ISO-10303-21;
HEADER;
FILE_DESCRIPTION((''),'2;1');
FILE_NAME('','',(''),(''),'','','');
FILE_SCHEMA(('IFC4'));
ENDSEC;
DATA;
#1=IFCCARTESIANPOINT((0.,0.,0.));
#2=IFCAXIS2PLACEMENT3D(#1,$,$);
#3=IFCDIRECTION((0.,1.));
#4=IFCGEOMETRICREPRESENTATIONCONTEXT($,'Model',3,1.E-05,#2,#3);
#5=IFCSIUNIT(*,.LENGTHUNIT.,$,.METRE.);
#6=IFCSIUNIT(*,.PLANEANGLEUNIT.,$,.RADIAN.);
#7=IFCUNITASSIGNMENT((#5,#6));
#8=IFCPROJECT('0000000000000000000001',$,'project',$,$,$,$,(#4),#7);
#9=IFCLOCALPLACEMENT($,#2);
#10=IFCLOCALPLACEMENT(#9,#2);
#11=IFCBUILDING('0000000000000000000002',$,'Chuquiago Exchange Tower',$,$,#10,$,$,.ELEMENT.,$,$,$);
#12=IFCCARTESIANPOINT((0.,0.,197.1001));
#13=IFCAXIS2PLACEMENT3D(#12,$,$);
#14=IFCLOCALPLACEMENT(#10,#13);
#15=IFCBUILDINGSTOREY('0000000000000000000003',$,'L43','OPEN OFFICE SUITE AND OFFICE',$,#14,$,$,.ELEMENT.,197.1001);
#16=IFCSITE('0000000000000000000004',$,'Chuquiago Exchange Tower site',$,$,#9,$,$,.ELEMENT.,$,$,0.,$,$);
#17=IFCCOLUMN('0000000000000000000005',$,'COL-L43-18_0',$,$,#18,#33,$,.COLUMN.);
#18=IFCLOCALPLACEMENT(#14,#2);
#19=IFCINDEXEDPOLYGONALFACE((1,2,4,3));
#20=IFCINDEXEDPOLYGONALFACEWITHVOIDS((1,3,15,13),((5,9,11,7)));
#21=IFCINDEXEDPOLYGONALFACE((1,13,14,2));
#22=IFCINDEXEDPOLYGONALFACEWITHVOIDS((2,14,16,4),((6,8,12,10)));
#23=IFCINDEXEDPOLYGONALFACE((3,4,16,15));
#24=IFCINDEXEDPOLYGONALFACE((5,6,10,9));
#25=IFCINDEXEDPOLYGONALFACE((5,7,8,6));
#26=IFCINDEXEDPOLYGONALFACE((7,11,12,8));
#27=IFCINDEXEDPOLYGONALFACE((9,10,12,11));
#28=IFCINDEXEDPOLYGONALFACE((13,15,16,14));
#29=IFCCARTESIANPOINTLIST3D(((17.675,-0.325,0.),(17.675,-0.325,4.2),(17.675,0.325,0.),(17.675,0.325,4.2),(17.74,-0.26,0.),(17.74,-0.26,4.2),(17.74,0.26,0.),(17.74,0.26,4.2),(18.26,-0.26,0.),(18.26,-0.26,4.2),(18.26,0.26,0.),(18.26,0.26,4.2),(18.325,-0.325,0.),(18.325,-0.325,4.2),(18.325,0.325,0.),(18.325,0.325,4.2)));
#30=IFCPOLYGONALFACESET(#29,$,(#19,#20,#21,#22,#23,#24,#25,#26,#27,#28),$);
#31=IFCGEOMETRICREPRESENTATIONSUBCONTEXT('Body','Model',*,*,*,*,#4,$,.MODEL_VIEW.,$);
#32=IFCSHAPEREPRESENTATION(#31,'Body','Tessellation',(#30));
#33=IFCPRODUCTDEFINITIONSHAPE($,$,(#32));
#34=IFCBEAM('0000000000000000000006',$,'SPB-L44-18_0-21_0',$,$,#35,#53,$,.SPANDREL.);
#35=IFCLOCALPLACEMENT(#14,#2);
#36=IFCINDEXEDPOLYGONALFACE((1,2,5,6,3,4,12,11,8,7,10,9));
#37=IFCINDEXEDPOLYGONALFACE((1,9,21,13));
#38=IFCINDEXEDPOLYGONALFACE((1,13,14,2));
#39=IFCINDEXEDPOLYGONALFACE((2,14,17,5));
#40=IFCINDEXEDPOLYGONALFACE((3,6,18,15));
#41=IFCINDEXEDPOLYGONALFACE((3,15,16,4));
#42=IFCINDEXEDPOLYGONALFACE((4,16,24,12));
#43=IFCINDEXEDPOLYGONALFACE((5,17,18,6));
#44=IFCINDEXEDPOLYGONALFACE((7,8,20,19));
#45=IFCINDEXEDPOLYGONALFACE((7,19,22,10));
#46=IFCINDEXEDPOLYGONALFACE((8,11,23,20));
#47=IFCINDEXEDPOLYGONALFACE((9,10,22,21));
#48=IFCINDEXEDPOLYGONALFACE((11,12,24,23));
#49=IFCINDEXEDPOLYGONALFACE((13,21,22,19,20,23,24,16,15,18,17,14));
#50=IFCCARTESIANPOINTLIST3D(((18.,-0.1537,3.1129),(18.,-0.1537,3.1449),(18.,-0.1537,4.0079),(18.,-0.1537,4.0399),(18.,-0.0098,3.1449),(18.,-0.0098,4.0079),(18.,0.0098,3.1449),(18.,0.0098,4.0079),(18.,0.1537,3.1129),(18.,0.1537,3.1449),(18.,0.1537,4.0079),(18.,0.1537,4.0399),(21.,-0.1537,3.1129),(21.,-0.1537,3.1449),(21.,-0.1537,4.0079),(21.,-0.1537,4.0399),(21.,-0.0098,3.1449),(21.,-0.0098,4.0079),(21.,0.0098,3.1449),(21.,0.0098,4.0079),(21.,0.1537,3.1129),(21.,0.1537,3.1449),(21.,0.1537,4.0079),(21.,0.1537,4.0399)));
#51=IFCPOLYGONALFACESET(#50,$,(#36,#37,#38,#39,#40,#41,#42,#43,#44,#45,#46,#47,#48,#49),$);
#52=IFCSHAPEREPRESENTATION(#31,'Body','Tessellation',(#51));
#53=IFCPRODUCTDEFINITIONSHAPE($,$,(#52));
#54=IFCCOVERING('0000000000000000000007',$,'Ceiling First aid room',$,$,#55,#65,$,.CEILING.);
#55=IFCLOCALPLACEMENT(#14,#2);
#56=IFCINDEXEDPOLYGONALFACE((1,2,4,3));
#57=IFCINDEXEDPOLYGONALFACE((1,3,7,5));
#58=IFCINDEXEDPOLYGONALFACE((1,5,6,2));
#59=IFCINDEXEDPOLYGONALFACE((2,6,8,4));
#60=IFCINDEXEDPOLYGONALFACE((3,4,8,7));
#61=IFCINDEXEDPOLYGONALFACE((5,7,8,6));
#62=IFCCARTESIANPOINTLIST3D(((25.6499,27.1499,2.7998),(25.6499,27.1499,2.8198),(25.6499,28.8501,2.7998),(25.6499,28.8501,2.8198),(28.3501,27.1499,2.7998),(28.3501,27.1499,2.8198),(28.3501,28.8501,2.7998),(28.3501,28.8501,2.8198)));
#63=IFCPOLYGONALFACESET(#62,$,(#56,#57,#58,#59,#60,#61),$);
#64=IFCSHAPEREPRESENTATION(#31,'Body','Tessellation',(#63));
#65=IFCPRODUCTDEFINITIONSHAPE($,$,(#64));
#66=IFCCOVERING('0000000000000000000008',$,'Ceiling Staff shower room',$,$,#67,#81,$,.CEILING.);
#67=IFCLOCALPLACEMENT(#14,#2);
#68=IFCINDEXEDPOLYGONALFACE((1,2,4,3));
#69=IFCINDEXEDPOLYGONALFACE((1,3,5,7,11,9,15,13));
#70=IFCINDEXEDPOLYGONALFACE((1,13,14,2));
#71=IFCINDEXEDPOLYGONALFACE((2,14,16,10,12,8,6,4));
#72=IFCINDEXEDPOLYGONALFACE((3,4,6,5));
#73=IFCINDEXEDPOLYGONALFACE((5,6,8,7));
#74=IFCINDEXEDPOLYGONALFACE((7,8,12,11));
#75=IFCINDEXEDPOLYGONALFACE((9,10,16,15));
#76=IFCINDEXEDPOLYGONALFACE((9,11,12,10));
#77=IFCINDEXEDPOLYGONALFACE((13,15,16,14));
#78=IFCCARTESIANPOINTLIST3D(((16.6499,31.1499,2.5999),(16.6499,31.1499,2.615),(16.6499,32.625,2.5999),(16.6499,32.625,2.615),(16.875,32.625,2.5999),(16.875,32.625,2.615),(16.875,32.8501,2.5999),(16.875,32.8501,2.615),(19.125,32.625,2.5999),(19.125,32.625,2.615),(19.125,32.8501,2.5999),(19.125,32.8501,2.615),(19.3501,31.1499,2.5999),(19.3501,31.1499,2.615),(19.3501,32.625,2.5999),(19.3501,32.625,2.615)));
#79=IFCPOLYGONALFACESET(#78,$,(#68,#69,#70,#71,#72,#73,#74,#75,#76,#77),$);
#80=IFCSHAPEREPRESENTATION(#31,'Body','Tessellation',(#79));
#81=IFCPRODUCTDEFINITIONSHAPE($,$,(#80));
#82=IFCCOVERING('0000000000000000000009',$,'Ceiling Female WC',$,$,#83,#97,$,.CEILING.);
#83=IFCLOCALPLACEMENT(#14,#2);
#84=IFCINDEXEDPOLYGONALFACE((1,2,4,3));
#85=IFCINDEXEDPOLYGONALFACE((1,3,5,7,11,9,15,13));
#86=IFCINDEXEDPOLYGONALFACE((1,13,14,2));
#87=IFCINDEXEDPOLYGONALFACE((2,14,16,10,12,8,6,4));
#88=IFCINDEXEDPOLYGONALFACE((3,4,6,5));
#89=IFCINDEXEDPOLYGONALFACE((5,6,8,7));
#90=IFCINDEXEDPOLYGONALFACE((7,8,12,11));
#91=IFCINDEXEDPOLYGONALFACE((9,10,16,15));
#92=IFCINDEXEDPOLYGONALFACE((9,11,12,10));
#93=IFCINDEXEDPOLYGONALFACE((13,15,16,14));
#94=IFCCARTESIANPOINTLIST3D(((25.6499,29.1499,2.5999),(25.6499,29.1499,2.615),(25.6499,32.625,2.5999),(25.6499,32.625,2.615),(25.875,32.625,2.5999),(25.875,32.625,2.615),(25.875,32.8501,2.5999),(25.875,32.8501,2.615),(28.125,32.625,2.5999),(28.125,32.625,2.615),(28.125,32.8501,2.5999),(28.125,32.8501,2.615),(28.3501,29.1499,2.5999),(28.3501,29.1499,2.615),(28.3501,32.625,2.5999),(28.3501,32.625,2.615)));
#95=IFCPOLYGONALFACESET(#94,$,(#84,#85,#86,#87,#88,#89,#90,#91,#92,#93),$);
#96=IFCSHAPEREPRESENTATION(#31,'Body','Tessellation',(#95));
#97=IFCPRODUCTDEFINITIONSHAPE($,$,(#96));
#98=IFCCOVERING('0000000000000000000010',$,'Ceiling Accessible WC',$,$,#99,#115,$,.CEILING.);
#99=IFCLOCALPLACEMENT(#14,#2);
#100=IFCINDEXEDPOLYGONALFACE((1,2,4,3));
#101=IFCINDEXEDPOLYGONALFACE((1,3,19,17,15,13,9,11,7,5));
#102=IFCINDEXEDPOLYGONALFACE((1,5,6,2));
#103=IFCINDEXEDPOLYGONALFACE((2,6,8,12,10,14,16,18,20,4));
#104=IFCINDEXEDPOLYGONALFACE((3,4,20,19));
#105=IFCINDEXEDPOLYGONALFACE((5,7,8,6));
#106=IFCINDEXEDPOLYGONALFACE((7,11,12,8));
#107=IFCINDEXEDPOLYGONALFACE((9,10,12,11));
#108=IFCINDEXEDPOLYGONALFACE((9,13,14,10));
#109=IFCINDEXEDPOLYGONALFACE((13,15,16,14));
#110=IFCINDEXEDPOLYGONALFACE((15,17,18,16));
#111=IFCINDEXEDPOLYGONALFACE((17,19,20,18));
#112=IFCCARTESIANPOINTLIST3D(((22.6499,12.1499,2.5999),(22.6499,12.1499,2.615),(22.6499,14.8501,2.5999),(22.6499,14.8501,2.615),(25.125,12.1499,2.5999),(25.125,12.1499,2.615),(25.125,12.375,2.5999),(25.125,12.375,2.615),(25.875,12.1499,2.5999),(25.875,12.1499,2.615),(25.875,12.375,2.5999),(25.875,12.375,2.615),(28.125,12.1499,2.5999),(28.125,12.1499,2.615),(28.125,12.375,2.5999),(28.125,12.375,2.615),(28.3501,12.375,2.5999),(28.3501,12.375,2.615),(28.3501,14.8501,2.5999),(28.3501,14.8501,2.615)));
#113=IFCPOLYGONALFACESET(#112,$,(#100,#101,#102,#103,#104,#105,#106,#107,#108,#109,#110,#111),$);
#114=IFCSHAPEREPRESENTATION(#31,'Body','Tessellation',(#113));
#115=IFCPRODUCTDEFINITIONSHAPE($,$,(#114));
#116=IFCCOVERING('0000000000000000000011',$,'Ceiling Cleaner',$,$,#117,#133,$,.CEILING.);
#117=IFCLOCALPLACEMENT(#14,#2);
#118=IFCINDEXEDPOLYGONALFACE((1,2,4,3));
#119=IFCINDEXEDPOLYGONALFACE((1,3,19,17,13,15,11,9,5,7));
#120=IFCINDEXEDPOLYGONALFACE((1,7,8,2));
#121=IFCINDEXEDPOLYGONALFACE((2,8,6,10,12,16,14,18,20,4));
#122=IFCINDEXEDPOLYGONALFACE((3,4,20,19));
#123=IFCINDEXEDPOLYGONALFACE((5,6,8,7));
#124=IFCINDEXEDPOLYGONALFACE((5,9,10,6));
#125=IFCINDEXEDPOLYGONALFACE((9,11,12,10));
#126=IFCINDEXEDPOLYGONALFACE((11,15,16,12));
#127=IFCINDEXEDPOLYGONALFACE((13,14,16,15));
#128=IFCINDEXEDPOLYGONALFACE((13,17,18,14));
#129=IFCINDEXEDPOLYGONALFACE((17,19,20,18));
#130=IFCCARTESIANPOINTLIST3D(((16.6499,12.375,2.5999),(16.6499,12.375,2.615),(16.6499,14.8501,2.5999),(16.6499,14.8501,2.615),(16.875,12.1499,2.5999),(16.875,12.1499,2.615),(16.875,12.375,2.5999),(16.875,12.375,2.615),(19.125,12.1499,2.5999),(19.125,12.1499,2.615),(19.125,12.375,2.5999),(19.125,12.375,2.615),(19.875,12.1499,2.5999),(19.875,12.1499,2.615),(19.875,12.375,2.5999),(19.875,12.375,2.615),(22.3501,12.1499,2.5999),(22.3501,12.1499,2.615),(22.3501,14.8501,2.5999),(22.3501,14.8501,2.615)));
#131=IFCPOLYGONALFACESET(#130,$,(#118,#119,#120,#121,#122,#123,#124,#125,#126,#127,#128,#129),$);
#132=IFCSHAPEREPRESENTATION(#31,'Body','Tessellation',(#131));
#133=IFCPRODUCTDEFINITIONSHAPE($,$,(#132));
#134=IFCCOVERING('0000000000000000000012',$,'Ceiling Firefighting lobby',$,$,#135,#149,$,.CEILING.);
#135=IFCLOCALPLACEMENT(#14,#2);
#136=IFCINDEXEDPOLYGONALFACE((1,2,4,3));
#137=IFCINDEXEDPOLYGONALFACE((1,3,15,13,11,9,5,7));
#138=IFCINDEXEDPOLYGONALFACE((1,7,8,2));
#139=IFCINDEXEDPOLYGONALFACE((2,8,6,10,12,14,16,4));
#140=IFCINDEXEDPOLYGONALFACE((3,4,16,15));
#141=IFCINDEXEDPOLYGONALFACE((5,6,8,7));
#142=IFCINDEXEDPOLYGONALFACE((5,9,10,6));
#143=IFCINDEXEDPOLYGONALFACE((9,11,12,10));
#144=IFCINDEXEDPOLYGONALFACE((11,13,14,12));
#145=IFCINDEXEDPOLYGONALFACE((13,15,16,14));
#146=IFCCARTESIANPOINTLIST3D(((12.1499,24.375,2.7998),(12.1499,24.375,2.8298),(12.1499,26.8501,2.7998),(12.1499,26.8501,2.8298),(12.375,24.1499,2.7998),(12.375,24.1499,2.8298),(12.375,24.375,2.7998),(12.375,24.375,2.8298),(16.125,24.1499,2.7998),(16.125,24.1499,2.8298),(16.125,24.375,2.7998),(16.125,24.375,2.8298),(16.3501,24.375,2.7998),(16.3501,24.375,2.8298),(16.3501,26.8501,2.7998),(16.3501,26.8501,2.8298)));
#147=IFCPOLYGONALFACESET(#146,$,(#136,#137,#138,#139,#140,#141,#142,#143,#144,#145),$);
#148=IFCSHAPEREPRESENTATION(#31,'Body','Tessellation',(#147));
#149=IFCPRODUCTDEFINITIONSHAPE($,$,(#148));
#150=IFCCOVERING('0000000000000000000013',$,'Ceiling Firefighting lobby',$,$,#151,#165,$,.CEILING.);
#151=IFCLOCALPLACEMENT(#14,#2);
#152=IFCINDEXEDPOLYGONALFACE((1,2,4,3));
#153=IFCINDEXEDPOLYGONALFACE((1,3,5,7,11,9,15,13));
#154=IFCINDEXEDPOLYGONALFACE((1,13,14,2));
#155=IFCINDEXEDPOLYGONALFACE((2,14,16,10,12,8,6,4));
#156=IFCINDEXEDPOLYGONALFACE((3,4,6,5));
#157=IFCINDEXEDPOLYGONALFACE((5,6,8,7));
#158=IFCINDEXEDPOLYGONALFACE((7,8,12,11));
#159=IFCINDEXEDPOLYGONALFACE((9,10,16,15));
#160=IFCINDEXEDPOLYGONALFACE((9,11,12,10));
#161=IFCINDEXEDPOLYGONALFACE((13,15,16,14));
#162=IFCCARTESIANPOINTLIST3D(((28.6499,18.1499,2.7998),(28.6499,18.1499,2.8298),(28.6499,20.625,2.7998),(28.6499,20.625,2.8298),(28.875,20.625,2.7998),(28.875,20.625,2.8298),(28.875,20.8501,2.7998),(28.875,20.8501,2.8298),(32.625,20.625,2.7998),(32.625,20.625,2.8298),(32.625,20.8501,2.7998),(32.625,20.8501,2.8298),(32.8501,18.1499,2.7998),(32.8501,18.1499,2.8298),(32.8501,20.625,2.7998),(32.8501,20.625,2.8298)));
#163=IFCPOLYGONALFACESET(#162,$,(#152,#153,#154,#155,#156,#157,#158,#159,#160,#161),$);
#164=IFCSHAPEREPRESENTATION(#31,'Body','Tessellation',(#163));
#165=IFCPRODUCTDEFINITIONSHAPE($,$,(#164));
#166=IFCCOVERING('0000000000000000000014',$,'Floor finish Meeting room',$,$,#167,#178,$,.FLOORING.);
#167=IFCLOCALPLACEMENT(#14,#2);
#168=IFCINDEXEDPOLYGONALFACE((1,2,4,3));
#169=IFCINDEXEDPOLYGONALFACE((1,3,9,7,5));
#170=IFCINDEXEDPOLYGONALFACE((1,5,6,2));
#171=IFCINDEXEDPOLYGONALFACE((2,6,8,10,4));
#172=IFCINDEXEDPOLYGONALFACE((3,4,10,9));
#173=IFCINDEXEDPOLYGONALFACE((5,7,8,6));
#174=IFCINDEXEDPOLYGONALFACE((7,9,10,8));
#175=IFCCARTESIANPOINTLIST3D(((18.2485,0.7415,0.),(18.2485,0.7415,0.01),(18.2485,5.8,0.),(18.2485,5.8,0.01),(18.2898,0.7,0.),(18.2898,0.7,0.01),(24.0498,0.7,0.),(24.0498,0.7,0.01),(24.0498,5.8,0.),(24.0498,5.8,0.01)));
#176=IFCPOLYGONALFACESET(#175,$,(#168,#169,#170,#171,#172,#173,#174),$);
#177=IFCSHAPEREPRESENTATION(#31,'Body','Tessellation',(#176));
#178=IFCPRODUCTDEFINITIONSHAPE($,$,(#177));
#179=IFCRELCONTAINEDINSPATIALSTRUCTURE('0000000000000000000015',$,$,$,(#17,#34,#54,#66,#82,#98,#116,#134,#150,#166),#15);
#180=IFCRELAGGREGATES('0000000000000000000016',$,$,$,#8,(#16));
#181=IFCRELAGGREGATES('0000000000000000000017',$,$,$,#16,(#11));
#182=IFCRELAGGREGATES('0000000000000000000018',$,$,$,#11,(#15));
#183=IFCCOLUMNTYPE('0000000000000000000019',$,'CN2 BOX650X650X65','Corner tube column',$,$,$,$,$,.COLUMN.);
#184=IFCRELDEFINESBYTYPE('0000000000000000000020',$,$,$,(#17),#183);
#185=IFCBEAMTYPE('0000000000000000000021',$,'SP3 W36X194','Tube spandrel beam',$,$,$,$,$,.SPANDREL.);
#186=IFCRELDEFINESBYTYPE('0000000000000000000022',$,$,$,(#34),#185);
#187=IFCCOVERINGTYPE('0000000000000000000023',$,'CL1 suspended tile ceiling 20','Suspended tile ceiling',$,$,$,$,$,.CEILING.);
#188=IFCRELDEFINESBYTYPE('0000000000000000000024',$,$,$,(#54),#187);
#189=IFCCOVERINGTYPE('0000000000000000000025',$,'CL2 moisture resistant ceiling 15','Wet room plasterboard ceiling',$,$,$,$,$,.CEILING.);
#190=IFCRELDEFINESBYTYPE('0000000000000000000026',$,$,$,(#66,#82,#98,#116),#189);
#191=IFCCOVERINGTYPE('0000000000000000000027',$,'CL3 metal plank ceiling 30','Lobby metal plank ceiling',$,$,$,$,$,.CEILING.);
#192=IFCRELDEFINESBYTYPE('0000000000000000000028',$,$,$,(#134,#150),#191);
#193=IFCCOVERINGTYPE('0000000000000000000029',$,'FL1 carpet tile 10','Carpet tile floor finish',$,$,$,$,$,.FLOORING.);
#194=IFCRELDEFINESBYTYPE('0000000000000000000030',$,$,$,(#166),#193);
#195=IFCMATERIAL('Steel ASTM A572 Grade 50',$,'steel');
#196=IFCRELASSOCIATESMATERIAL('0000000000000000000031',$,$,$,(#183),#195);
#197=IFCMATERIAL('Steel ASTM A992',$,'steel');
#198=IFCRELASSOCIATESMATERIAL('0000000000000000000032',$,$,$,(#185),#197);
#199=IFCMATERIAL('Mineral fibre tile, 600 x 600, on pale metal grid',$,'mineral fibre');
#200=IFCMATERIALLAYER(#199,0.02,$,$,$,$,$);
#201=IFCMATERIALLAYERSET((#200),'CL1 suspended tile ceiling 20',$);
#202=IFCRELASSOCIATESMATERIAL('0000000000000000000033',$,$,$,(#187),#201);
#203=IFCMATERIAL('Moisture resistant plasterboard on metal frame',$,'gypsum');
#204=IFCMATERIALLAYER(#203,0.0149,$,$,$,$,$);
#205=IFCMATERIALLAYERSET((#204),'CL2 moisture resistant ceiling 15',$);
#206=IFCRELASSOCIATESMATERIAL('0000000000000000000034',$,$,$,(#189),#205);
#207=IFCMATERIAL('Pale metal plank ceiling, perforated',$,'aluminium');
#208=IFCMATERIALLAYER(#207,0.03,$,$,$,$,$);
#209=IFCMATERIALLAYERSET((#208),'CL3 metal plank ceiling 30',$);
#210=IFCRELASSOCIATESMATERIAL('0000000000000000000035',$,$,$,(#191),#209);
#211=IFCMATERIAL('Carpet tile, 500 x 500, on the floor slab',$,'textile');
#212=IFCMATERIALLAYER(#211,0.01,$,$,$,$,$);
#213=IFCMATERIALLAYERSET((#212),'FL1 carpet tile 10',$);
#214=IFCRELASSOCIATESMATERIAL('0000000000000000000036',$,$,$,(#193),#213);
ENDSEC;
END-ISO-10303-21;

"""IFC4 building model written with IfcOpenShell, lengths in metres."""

from ifc_helpers import new_model, si_unit, direction, frame, origin, origin_2d, place, context, subcontext, project, spatial, polyline, hollow_rectangle, i_section, outline, extrude, material, layer, layer_set, material_profile, profile_set, type_object, element, save


model = new_model("IFC4")

# Units and contexts
model_context = context("Model", 3, precision=1e-05, world=origin(), true_north=direction((0.0, 1.0)))
body_context = subcontext(model_context, "Body", "Model", "MODEL_VIEW")
ifc_project = project(units=[si_unit("LENGTHUNIT", "METRE"), si_unit("PLANEANGLEUNIT", "RADIAN")], contexts=[model_context])

# Site, building, storey
site_placement = place(None, origin())
site = spatial("IfcSite", under=ifc_project, at=site_placement, Name="Chuquiago Exchange Tower site", CompositionType="ELEMENT", RefElevation=0.0)
building_placement = place(site_placement, origin())
building = spatial("IfcBuilding", under=site, at=building_placement, Name="Chuquiago Exchange Tower", CompositionType="ELEMENT")
storey_placement = place(building_placement, frame((0.0, 0.0, 197.1001)))
storey = spatial("IfcBuildingStorey", under=building, at=storey_placement, Name="L43", Description="OPEN OFFICE SUITE AND OFFICE", CompositionType="ELEMENT", Elevation=197.1001)

# Column
ifc_material_1 = material(Name="Steel ASTM A572 Grade 50", Category="steel")
ifc_material_profile_1 = material_profile(ifc_material_1, hollow_rectangle(XDim=0.6499, YDim=0.6499, WallThickness=0.0649, at=origin_2d()), Name="BOX650X650X65")
ifc_profile_set_1 = profile_set([ifc_material_profile_1], Name="Steel ASTM A572 Grade 50")
column_type = type_object("IfcColumnType", Name="CN2 BOX650X650X65", Description="Corner tube column", PredefinedType="COLUMN", material=ifc_profile_set_1)
column_placement = place(storey_placement, frame((18.0, 0.0, 0.0), z_axis=(0.0, 0.0, 1.0), x_axis=(0.0, -1.0, 0.0)))
element("IfcColumn", 1, at=column_placement, inside=storey, type_object=column_type, Name="COL-L43-18_0", PredefinedType="COLUMN", context=body_context, shape_type="SweptSolid", body=[
    extrude(hollow_rectangle(XDim=0.6499, YDim=0.6499, WallThickness=0.0649, at=origin_2d()), origin(), (0.0, 0.0, 1.0), 4.2),
])

# Beam
ifc_material_2 = material(Name="Steel ASTM A992", Category="steel")
ifc_material_profile_2 = material_profile(ifc_material_2, i_section(OverallWidth=0.3074, OverallDepth=0.927, WebThickness=0.0195, FlangeThickness=0.032, at=origin_2d()), Name="W36X194")
ifc_profile_set_2 = profile_set([ifc_material_profile_2], Name="Steel ASTM A992")
beam_type = type_object("IfcBeamType", Name="SP3 W36X194", Description="Tube spandrel beam", PredefinedType="SPANDREL", material=ifc_profile_set_2)
beam_placement = place(storey_placement, frame((18.0, 0.0, 3.5764), z_axis=(1.0, 0.0, 0.0), x_axis=(0.0, 1.0, 0.0)))
element("IfcBeam", 2, at=beam_placement, inside=storey, type_object=beam_type, Name="SPB-L44-18_0-21_0", PredefinedType="SPANDREL", context=body_context, shape_type="SweptSolid", body=[
    extrude(i_section(OverallWidth=0.3074, OverallDepth=0.927, WebThickness=0.0195, FlangeThickness=0.032, at=origin_2d()), origin(), (0.0, 0.0, 1.0), 3.0),
])

# Coverings
ifc_material_3 = material(Name="Mineral fibre tile, 600 x 600, on pale metal grid", Category="mineral fibre")
ifc_layer_1 = layer(ifc_material_3, 0.02)
ifc_layer_set_1 = layer_set([ifc_layer_1], Name="CL1 suspended tile ceiling 20")
covering_type_1 = type_object("IfcCoveringType", Name="CL1 suspended tile ceiling 20", Description="Suspended tile ceiling", PredefinedType="CEILING", material=ifc_layer_set_1)
covering_1_placement = place(storey_placement, frame((0.0, 0.0, 2.7998)))
element("IfcCovering", 3, at=covering_1_placement, inside=storey, type_object=covering_type_1, Name="Ceiling First aid room", PredefinedType="CEILING", context=body_context, shape_type="SweptSolid", body=[
    extrude(outline(polyline([(25.6499, 27.1499), (25.6499, 28.8501), (28.3501, 28.8501), (28.3501, 27.1499), (25.6499, 27.1499)])), origin(), (0.0, 0.0, 1.0), 0.02),
])
ifc_material_4 = material(Name="Moisture resistant plasterboard on metal frame", Category="gypsum")
ifc_layer_2 = layer(ifc_material_4, 0.0149)
ifc_layer_set_2 = layer_set([ifc_layer_2], Name="CL2 moisture resistant ceiling 15")
covering_type_2 = type_object("IfcCoveringType", Name="CL2 moisture resistant ceiling 15", Description="Wet room plasterboard ceiling", PredefinedType="CEILING", material=ifc_layer_set_2)
covering_2_placement = place(storey_placement, frame((0.0, 0.0, 2.5999)))
element("IfcCovering", 4, at=covering_2_placement, inside=storey, type_object=covering_type_2, Name="Ceiling Staff shower room", PredefinedType="CEILING", context=body_context, shape_type="SweptSolid", body=[
    extrude(outline(polyline([(16.6499, 31.1499), (16.6499, 32.625), (16.875, 32.625), (16.875, 32.8501), (19.125, 32.8501), (19.125, 32.625), (19.3501, 32.625), (19.3501, 31.1499), (16.6499, 31.1499)])), origin(), (0.0, 0.0, 1.0), 0.0151),
])
covering_3_placement = place(storey_placement, frame((0.0, 0.0, 2.5999)))
element("IfcCovering", 5, at=covering_3_placement, inside=storey, type_object=covering_type_2, Name="Ceiling Female WC", PredefinedType="CEILING", context=body_context, shape_type="SweptSolid", body=[
    extrude(outline(polyline([(25.6499, 29.1499), (25.6499, 32.625), (25.875, 32.625), (25.875, 32.8501), (28.125, 32.8501), (28.125, 32.625), (28.3501, 32.625), (28.3501, 29.1499), (25.6499, 29.1499)])), origin(), (0.0, 0.0, 1.0), 0.0151),
])
covering_4_placement = place(storey_placement, frame((0.0, 0.0, 2.5999)))
element("IfcCovering", 6, at=covering_4_placement, inside=storey, type_object=covering_type_2, Name="Ceiling Accessible WC", PredefinedType="CEILING", context=body_context, shape_type="SweptSolid", body=[
    extrude(outline(polyline([(25.875, 12.1499), (25.875, 12.375), (25.125, 12.375), (25.125, 12.1499), (22.6499, 12.1499), (22.6499, 14.8501), (28.3501, 14.8501), (28.3501, 12.375), (28.125, 12.375), (28.125, 12.1499), (25.875, 12.1499)])), origin(), (0.0, 0.0, 1.0), 0.0151),
])
covering_5_placement = place(storey_placement, frame((0.0, 0.0, 2.5999)))
element("IfcCovering", 7, at=covering_5_placement, inside=storey, type_object=covering_type_2, Name="Ceiling Cleaner", PredefinedType="CEILING", context=body_context, shape_type="SweptSolid", body=[
    extrude(outline(polyline([(19.875, 12.1499), (19.875, 12.375), (19.125, 12.375), (19.125, 12.1499), (16.875, 12.1499), (16.875, 12.375), (16.6499, 12.375), (16.6499, 14.8501), (22.3501, 14.8501), (22.3501, 12.1499), (19.875, 12.1499)])), origin(), (0.0, 0.0, 1.0), 0.0151),
])
ifc_material_5 = material(Name="Pale metal plank ceiling, perforated", Category="aluminium")
ifc_layer_3 = layer(ifc_material_5, 0.03)
ifc_layer_set_3 = layer_set([ifc_layer_3], Name="CL3 metal plank ceiling 30")
covering_type_3 = type_object("IfcCoveringType", Name="CL3 metal plank ceiling 30", Description="Lobby metal plank ceiling", PredefinedType="CEILING", material=ifc_layer_set_3)
covering_6_placement = place(storey_placement, frame((0.0, 0.0, 2.7998)))
element("IfcCovering", 8, at=covering_6_placement, inside=storey, type_object=covering_type_3, Name="Ceiling Firefighting lobby", PredefinedType="CEILING", context=body_context, shape_type="SweptSolid", body=[
    extrude(outline(polyline([(12.375, 24.1499), (12.375, 24.375), (12.1499, 24.375), (12.1499, 26.8501), (16.3501, 26.8501), (16.3501, 24.375), (16.125, 24.375), (16.125, 24.1499), (12.375, 24.1499)])), origin(), (0.0, 0.0, 1.0), 0.03),
])
covering_7_placement = place(storey_placement, frame((0.0, 0.0, 2.7998)))
element("IfcCovering", 9, at=covering_7_placement, inside=storey, type_object=covering_type_3, Name="Ceiling Firefighting lobby", PredefinedType="CEILING", context=body_context, shape_type="SweptSolid", body=[
    extrude(outline(polyline([(28.6499, 18.1499), (28.6499, 20.625), (28.875, 20.625), (28.875, 20.8501), (32.625, 20.8501), (32.625, 20.625), (32.8501, 20.625), (32.8501, 18.1499), (28.6499, 18.1499)])), origin(), (0.0, 0.0, 1.0), 0.03),
])
ifc_material_6 = material(Name="Carpet tile, 500 x 500, on the floor slab", Category="textile")
ifc_layer_4 = layer(ifc_material_6, 0.01)
ifc_layer_set_4 = layer_set([ifc_layer_4], Name="FL1 carpet tile 10")
covering_type_4 = type_object("IfcCoveringType", Name="FL1 carpet tile 10", Description="Carpet tile floor finish", PredefinedType="FLOORING", material=ifc_layer_set_4)
covering_8_placement = place(storey_placement, origin())
element("IfcCovering", 10, at=covering_8_placement, inside=storey, type_object=covering_type_4, Name="Floor finish Meeting room", PredefinedType="FLOORING", context=body_context, shape_type="SweptSolid", body=[
    extrude(outline(polyline([(18.2898, 0.7), (18.2485, 0.7415), (18.2485, 5.8), (24.0498, 5.8), (24.0498, 0.7), (18.2898, 0.7)])), origin(), (0.0, 0.0, 1.0), 0.01),
])

save(model, "model.ifc")
